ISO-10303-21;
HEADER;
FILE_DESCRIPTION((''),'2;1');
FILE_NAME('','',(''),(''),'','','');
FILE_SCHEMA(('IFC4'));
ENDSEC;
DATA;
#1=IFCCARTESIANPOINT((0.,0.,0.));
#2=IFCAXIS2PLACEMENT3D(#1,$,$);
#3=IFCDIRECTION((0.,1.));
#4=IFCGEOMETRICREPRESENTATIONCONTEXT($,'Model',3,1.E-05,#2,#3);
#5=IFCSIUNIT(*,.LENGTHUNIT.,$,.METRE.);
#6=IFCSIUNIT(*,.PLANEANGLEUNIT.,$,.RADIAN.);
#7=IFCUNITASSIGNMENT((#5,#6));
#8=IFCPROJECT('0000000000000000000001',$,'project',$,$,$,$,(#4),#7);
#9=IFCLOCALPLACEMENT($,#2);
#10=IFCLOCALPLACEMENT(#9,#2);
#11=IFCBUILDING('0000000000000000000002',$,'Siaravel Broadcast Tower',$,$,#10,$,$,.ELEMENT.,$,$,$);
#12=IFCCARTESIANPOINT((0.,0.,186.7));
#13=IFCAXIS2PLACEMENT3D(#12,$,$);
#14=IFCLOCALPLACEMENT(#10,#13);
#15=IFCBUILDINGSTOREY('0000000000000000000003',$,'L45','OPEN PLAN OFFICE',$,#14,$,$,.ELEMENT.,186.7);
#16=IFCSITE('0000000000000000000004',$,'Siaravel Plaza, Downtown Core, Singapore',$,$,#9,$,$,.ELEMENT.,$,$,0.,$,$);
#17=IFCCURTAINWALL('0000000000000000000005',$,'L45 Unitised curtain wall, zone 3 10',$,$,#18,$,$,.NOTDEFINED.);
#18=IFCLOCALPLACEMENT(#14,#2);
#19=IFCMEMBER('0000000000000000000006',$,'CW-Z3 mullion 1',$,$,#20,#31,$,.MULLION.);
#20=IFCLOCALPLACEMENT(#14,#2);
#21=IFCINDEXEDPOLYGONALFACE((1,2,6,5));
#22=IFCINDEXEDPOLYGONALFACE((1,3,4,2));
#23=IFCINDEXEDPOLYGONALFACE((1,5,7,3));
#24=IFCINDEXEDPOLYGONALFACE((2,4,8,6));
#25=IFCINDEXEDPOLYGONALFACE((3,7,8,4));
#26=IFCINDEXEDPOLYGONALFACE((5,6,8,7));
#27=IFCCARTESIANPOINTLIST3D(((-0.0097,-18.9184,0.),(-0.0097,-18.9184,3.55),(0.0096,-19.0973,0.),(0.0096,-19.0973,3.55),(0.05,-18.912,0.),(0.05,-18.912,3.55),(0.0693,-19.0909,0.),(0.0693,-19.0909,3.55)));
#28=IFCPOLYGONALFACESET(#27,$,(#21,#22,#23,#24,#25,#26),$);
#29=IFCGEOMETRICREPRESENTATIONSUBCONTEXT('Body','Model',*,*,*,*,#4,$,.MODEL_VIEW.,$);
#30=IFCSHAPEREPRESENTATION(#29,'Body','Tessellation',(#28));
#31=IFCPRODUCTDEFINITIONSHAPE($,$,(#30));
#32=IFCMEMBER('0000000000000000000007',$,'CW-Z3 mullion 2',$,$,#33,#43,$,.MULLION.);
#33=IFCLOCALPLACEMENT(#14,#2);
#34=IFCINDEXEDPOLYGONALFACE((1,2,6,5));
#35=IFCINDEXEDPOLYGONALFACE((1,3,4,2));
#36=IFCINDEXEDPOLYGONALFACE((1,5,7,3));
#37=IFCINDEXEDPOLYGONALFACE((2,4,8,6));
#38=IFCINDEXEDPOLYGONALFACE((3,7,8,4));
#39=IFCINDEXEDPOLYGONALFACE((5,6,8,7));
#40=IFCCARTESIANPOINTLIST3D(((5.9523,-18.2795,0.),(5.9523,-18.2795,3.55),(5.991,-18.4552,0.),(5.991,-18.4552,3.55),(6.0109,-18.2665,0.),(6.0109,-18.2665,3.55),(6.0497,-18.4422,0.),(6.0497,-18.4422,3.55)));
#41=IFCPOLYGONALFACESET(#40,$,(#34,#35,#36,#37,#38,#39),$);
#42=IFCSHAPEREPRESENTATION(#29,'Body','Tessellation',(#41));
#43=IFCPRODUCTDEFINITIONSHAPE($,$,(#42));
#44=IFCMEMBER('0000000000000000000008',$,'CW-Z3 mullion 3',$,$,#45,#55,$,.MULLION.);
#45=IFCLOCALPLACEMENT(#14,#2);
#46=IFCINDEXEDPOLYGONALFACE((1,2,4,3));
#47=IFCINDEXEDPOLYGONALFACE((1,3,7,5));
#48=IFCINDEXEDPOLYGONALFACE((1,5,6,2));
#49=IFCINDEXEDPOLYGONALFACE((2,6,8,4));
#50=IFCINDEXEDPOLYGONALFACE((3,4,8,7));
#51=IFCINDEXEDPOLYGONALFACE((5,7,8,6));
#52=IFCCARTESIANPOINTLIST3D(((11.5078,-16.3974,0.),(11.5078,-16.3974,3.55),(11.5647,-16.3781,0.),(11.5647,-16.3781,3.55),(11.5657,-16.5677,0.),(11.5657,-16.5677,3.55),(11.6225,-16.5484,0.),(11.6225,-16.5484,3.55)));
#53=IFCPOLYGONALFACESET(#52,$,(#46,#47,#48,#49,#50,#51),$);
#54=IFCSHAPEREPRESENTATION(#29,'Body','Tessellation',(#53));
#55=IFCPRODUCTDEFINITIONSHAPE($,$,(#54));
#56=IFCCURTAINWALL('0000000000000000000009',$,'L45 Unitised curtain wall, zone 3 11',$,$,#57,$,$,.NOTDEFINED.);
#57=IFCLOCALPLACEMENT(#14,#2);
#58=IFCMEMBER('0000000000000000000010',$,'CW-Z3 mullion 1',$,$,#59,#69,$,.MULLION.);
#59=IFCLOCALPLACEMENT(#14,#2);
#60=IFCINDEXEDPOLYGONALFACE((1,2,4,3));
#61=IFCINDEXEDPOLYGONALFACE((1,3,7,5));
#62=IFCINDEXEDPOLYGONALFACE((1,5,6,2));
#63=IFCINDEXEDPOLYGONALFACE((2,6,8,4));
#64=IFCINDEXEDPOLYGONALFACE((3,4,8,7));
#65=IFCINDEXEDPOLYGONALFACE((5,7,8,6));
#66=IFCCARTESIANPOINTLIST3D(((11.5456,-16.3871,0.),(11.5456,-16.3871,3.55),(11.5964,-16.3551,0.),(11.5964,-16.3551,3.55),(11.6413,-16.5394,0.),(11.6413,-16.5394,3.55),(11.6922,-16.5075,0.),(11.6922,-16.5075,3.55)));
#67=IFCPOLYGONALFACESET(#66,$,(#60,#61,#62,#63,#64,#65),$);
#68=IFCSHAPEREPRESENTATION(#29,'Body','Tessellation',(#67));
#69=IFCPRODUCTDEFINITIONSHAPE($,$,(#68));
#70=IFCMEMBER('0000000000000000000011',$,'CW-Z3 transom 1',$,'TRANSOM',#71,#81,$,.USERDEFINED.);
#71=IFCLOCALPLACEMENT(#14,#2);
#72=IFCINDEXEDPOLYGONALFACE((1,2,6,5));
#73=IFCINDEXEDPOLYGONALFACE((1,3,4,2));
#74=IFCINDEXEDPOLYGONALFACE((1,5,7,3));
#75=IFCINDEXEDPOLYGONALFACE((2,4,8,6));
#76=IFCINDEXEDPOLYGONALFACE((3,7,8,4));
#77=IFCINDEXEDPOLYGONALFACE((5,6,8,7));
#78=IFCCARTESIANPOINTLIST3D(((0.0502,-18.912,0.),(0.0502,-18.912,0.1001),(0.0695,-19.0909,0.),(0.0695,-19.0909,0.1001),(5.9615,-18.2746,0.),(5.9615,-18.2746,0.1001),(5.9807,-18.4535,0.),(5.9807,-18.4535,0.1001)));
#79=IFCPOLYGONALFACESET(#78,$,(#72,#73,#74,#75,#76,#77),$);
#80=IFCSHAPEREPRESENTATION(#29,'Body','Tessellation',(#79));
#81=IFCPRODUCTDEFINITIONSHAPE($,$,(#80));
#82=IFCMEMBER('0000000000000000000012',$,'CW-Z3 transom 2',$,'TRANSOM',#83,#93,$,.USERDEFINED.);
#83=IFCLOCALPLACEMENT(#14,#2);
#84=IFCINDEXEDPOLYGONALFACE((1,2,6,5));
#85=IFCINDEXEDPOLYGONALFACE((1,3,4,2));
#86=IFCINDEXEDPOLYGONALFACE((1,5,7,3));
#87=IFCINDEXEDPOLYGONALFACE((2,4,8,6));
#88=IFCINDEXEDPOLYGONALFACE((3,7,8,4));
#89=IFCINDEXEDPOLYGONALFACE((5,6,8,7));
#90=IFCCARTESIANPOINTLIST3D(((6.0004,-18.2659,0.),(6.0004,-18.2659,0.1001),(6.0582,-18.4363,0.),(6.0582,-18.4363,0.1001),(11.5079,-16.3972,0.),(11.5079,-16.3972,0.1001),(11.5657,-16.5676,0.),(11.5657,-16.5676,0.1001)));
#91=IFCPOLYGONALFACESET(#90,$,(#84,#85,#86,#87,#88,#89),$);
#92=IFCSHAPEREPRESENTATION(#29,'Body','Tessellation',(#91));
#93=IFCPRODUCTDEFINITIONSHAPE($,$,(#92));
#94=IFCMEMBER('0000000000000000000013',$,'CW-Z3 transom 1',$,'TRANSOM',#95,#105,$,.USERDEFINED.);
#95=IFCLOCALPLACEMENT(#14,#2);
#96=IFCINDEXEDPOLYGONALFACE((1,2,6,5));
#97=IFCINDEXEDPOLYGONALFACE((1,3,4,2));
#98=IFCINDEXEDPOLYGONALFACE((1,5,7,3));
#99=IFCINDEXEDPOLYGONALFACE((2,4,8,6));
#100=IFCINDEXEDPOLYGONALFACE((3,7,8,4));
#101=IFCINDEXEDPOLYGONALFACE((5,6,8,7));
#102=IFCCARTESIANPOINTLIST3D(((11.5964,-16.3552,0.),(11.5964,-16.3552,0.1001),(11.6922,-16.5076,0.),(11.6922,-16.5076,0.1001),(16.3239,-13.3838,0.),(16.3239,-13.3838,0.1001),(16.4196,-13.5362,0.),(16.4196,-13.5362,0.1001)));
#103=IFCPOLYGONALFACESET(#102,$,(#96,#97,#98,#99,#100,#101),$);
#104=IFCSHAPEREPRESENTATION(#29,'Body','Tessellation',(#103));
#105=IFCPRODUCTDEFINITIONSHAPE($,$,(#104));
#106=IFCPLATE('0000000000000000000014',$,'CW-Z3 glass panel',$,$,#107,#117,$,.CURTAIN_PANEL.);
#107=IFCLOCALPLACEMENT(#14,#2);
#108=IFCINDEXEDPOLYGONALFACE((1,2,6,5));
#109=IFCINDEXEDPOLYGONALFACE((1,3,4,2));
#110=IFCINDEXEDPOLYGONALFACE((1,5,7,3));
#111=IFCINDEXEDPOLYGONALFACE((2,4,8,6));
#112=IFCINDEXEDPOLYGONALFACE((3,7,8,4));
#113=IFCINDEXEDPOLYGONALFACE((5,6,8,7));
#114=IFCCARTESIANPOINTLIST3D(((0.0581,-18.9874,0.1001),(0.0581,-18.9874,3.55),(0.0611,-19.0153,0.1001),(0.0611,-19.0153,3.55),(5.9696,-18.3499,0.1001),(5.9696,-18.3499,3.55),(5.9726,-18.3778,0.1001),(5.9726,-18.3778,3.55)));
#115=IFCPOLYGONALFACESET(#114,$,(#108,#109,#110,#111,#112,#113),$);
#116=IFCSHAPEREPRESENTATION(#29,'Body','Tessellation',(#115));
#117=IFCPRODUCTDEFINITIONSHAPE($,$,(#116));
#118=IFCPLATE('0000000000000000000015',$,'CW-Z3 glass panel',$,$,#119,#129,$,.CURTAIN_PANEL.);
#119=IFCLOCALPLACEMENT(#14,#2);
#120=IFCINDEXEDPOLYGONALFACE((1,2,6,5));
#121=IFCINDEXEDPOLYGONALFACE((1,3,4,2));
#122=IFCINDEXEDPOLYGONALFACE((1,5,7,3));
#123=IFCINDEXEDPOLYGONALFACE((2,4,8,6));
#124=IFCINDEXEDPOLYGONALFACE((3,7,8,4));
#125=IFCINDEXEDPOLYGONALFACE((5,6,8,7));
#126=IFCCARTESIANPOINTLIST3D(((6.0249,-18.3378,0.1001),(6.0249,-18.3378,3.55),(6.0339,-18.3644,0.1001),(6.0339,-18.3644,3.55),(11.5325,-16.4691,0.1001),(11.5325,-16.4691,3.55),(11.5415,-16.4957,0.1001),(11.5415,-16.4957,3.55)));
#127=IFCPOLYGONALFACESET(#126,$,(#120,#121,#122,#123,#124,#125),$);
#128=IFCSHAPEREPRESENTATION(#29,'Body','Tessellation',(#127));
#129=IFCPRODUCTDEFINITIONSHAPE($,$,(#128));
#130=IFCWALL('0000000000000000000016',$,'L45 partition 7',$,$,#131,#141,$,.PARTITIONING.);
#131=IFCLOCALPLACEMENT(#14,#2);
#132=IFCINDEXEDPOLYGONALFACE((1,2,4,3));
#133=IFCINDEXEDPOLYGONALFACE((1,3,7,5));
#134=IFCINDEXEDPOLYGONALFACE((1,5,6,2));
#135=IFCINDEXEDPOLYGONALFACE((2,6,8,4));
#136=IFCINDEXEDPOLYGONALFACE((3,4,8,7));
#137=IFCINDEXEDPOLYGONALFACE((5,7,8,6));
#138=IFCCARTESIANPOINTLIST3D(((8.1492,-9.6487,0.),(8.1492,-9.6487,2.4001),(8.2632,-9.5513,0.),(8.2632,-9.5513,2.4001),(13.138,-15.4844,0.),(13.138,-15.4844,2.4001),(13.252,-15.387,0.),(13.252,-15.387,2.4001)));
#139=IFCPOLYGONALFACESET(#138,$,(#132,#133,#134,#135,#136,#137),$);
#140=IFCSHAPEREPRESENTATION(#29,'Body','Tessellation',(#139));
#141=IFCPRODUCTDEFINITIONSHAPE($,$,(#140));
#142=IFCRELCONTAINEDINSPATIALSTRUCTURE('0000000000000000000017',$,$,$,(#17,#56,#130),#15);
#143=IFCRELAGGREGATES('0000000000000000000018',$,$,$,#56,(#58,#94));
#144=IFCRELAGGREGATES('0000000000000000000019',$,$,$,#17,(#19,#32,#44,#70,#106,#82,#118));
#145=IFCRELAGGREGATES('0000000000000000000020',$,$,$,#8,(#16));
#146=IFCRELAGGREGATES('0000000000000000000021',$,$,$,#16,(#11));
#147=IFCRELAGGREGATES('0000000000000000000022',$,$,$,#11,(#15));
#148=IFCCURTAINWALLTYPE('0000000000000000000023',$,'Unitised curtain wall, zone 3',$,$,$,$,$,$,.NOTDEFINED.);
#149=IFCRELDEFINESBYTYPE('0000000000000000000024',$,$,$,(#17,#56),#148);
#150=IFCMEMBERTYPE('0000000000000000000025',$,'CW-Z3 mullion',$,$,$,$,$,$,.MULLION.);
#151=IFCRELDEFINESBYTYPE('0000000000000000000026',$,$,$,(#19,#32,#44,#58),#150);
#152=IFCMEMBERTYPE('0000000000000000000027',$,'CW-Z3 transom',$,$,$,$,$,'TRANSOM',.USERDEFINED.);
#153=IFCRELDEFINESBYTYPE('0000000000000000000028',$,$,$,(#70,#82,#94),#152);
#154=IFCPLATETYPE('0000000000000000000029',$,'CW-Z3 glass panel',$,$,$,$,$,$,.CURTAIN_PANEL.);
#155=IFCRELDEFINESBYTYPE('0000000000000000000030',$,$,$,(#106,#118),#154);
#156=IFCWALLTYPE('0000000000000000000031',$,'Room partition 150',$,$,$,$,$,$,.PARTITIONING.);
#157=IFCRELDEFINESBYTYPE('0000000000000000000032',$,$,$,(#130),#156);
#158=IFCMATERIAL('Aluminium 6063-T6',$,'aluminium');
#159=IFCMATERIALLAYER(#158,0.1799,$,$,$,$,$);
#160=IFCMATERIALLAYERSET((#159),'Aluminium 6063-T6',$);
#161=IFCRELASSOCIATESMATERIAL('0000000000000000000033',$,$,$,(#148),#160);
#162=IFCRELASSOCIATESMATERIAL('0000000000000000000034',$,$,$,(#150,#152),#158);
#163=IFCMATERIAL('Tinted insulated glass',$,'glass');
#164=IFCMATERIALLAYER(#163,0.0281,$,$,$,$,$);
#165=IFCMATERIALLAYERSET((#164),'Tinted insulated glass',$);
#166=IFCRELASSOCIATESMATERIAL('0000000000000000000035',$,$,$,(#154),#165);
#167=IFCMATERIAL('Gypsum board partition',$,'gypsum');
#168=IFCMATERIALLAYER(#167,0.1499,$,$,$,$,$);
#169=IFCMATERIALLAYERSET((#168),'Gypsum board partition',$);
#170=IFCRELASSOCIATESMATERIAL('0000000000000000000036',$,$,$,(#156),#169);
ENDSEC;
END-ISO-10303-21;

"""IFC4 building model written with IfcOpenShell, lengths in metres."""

from ifc_helpers import new_model, si_unit, direction, frame, frame_2d, origin, origin_2d, place, context, subcontext, project, spatial, rectangle, extrude, material, layer, layer_set, material_profile, profile_set, type_object, element, aggregate, save


model = new_model("IFC4")

# Units and contexts
model_context = context("Model", 3, precision=1e-05, world=origin(), true_north=direction((0.0, 1.0)))
body_context = subcontext(model_context, "Body", "Model", "MODEL_VIEW")
ifc_project = project(units=[si_unit("LENGTHUNIT", "METRE"), si_unit("PLANEANGLEUNIT", "RADIAN")], contexts=[model_context])

# Site, building, storey
site_placement = place(None, origin())
site = spatial("IfcSite", under=ifc_project, at=site_placement, Name="Siaravel Plaza, Downtown Core, Singapore", CompositionType="ELEMENT", RefElevation=0.0)
building_placement = place(site_placement, origin())
building = spatial("IfcBuilding", under=site, at=building_placement, Name="Siaravel Broadcast Tower", CompositionType="ELEMENT")
storey_placement = place(building_placement, frame((0.0, 0.0, 186.7)))
storey = spatial("IfcBuildingStorey", under=building, at=storey_placement, Name="L45", Description="OPEN PLAN OFFICE", CompositionType="ELEMENT", Elevation=186.7)

# Curtain wall, members
ifc_material_1 = material(Name="Aluminium 6063-T6", Category="aluminium")
ifc_layer_1 = layer(ifc_material_1, 0.1799)
ifc_layer_set_1 = layer_set([ifc_layer_1], Name="Aluminium 6063-T6")
curtain_wall_type = type_object("IfcCurtainWallType", Name="Unitised curtain wall, zone 3", PredefinedType="NOTDEFINED", material=ifc_layer_set_1)
curtain_wall_1_placement = place(storey_placement, origin())
curtain_wall_1 = element("IfcCurtainWall", 1, at=curtain_wall_1_placement, inside=storey, type_object=curtain_wall_type, Name="L45 Unitised curtain wall, zone 3 10", PredefinedType="NOTDEFINED")
ifc_material_profile_1 = material_profile(ifc_material_1, rectangle(XDim=0.1799, YDim=0.0601, at=origin_2d()))
ifc_profile_set_1 = profile_set([ifc_material_profile_1], Name="Aluminium 6063-T6")
member_type_1 = type_object("IfcMemberType", Name="CW-Z3 mullion", PredefinedType="MULLION", material=ifc_profile_set_1)
member_1_placement = place(storey_placement, frame((0.0298, -19.0046, 0.0), z_axis=(0.0, 0.0, 1.0), x_axis=(-0.107217, 0.994236, 0.0)))
member_1 = element("IfcMember", 2, at=member_1_placement, type_object=member_type_1, Name="CW-Z3 mullion 1", PredefinedType="MULLION", context=body_context, shape_type="SweptSolid", body=[
    extrude(rectangle(XDim=0.1799, YDim=0.0601, at=origin_2d()), origin(), (0.0, 0.0, 1.0), 3.55),
])
member_2_placement = place(storey_placement, frame((6.001, -18.3608, 0.0), z_axis=(0.0, 0.0, 1.0), x_axis=(-0.215558, 0.976491, 0.0)))
member_2 = element("IfcMember", 3, at=member_2_placement, type_object=member_type_1, Name="CW-Z3 mullion 2", PredefinedType="MULLION", context=body_context, shape_type="SweptSolid", body=[
    extrude(rectangle(XDim=0.1799, YDim=0.0601, at=origin_2d()), origin(), (0.0, 0.0, 1.0), 3.55),
])
member_3_placement = place(storey_placement, frame((11.5652, -16.4729, 0.0), z_axis=(0.0, 0.0, 1.0), x_axis=(-0.3213, 0.946977, 0.0)))
member_3 = element("IfcMember", 4, at=member_3_placement, type_object=member_type_1, Name="CW-Z3 mullion 3", PredefinedType="MULLION", context=body_context, shape_type="SweptSolid", body=[
    extrude(rectangle(XDim=0.1799, YDim=0.0601, at=origin_2d()), origin(), (0.0, 0.0, 1.0), 3.55),
])

# Curtain wall, member
curtain_wall_2_placement = place(storey_placement, origin())
curtain_wall_2 = element("IfcCurtainWall", 5, at=curtain_wall_2_placement, inside=storey, type_object=curtain_wall_type, Name="L45 Unitised curtain wall, zone 3 11", PredefinedType="NOTDEFINED")
member_4_placement = place(storey_placement, frame((11.6189, -16.4473, 0.0), z_axis=(0.0, 0.0, 1.0), x_axis=(-0.532149, 0.846651, 0.0)))
member_4 = element("IfcMember", 6, at=member_4_placement, type_object=member_type_1, Name="CW-Z3 mullion 1", PredefinedType="MULLION", context=body_context, shape_type="SweptSolid", body=[
    extrude(rectangle(XDim=0.1799, YDim=0.0601, at=origin_2d()), origin(), (0.0, 0.0, 1.0), 3.55),
])

# Members
ifc_material_profile_2 = material_profile(ifc_material_1, rectangle(XDim=0.1799, YDim=0.1001, at=origin_2d()))
ifc_profile_set_2 = profile_set([ifc_material_profile_2], Name="Aluminium 6063-T6")
member_type_2 = type_object("IfcMemberType", Name="CW-Z3 transom", ElementType="TRANSOM", PredefinedType="USERDEFINED", material=ifc_profile_set_2)
member_5_placement = place(storey_placement, frame((0.0598, -19.0015, 0.05), z_axis=(0.994236, 0.107213, 0.0), x_axis=(-0.107213, 0.994236, 0.0)))
member_5 = element("IfcMember", 7, at=member_5_placement, type_object=member_type_2, Name="CW-Z3 transom 1", ObjectType="TRANSOM", PredefinedType="USERDEFINED", context=body_context, shape_type="SweptSolid", body=[
    extrude(rectangle(XDim=0.1799, YDim=0.1001, at=origin_2d()), origin(), (0.0, 0.0, 1.0), 5.9456),
])
member_6_placement = place(storey_placement, frame((6.0293, -18.3511, 0.05), z_axis=(0.946978, 0.321298, 0.0), x_axis=(-0.321298, 0.946978, 0.0)))
member_6 = element("IfcMember", 8, at=member_6_placement, type_object=member_type_2, Name="CW-Z3 transom 2", ObjectType="TRANSOM", PredefinedType="USERDEFINED", context=body_context, shape_type="SweptSolid", body=[
    extrude(rectangle(XDim=0.1799, YDim=0.1001, at=origin_2d()), origin(), (0.0, 0.0, 1.0), 5.8159),
])
member_7_placement = place(storey_placement, frame((11.6443, -16.4314, 0.05), z_axis=(0.846649, 0.532151, 0.0), x_axis=(-0.532151, 0.846649, 0.0)))
member_7 = element("IfcMember", 9, at=member_7_placement, type_object=member_type_2, Name="CW-Z3 transom 1", ObjectType="TRANSOM", PredefinedType="USERDEFINED", context=body_context, shape_type="SweptSolid", body=[
    extrude(rectangle(XDim=0.1799, YDim=0.1001, at=origin_2d()), origin(), (0.0, 0.0, 1.0), 5.5837),
])
aggregate(curtain_wall_2, [member_4, member_7])

# Plates
ifc_material_2 = material(Name="Tinted insulated glass", Category="glass")
ifc_layer_2 = layer(ifc_material_2, 0.0281)
ifc_layer_set_2 = layer_set([ifc_layer_2], Name="Tinted insulated glass")
plate_type = type_object("IfcPlateType", Name="CW-Z3 glass panel", PredefinedType="CURTAIN_PANEL", material=ifc_layer_set_2)
plate_1_placement = place(storey_placement, frame((3.0154, -18.6826, 0.1001), z_axis=(0.0, 0.0, 1.0), x_axis=(0.994236, 0.107217, 0.0)))
plate_1 = element("IfcPlate", 10, at=plate_1_placement, type_object=plate_type, Name="CW-Z3 glass panel", PredefinedType="CURTAIN_PANEL", context=body_context, shape_type="SweptSolid", body=[
    extrude(rectangle(XDim=5.9458, YDim=0.0281, at=origin_2d()), origin(), (0.0, 0.0, 1.0), 3.45),
])
plate_2_placement = place(storey_placement, frame((8.7832, -17.4167, 0.1001), z_axis=(0.0, 0.0, 1.0), x_axis=(0.946977, 0.3213, 0.0)))
plate_2 = element("IfcPlate", 11, at=plate_2_placement, type_object=plate_type, Name="CW-Z3 glass panel", PredefinedType="CURTAIN_PANEL", context=body_context, shape_type="SweptSolid", body=[
    extrude(rectangle(XDim=5.8159, YDim=0.0281, at=origin_2d()), origin(), (0.0, 0.0, 1.0), 3.45),
])
aggregate(curtain_wall_1, [member_1, member_2, member_3, member_5, plate_1, member_6, plate_2])

# Wall
ifc_material_3 = material(Name="Gypsum board partition", Category="gypsum")
ifc_layer_3 = layer(ifc_material_3, 0.1499)
ifc_layer_set_3 = layer_set([ifc_layer_3], Name="Gypsum board partition")
wall_type = type_object("IfcWallType", Name="Room partition 150", PredefinedType="PARTITIONING", material=ifc_layer_set_3)
wall_placement = place(storey_placement, frame((13.1951, -15.4358, 0.0), z_axis=(0.0, 0.0, 1.0), x_axis=(-0.649796, 0.760109, 0.0)))
element("IfcWall", 12, at=wall_placement, inside=storey, type_object=wall_type, Name="L45 partition 7", PredefinedType="PARTITIONING", context=body_context, shape_type="SweptSolid", body=[
    extrude(rectangle(XDim=7.6775, YDim=0.1499, at=frame_2d((3.8389, 0.0))), origin(), (0.0, 0.0, 1.0), 2.4001),
])

save(model, "model.ifc")
